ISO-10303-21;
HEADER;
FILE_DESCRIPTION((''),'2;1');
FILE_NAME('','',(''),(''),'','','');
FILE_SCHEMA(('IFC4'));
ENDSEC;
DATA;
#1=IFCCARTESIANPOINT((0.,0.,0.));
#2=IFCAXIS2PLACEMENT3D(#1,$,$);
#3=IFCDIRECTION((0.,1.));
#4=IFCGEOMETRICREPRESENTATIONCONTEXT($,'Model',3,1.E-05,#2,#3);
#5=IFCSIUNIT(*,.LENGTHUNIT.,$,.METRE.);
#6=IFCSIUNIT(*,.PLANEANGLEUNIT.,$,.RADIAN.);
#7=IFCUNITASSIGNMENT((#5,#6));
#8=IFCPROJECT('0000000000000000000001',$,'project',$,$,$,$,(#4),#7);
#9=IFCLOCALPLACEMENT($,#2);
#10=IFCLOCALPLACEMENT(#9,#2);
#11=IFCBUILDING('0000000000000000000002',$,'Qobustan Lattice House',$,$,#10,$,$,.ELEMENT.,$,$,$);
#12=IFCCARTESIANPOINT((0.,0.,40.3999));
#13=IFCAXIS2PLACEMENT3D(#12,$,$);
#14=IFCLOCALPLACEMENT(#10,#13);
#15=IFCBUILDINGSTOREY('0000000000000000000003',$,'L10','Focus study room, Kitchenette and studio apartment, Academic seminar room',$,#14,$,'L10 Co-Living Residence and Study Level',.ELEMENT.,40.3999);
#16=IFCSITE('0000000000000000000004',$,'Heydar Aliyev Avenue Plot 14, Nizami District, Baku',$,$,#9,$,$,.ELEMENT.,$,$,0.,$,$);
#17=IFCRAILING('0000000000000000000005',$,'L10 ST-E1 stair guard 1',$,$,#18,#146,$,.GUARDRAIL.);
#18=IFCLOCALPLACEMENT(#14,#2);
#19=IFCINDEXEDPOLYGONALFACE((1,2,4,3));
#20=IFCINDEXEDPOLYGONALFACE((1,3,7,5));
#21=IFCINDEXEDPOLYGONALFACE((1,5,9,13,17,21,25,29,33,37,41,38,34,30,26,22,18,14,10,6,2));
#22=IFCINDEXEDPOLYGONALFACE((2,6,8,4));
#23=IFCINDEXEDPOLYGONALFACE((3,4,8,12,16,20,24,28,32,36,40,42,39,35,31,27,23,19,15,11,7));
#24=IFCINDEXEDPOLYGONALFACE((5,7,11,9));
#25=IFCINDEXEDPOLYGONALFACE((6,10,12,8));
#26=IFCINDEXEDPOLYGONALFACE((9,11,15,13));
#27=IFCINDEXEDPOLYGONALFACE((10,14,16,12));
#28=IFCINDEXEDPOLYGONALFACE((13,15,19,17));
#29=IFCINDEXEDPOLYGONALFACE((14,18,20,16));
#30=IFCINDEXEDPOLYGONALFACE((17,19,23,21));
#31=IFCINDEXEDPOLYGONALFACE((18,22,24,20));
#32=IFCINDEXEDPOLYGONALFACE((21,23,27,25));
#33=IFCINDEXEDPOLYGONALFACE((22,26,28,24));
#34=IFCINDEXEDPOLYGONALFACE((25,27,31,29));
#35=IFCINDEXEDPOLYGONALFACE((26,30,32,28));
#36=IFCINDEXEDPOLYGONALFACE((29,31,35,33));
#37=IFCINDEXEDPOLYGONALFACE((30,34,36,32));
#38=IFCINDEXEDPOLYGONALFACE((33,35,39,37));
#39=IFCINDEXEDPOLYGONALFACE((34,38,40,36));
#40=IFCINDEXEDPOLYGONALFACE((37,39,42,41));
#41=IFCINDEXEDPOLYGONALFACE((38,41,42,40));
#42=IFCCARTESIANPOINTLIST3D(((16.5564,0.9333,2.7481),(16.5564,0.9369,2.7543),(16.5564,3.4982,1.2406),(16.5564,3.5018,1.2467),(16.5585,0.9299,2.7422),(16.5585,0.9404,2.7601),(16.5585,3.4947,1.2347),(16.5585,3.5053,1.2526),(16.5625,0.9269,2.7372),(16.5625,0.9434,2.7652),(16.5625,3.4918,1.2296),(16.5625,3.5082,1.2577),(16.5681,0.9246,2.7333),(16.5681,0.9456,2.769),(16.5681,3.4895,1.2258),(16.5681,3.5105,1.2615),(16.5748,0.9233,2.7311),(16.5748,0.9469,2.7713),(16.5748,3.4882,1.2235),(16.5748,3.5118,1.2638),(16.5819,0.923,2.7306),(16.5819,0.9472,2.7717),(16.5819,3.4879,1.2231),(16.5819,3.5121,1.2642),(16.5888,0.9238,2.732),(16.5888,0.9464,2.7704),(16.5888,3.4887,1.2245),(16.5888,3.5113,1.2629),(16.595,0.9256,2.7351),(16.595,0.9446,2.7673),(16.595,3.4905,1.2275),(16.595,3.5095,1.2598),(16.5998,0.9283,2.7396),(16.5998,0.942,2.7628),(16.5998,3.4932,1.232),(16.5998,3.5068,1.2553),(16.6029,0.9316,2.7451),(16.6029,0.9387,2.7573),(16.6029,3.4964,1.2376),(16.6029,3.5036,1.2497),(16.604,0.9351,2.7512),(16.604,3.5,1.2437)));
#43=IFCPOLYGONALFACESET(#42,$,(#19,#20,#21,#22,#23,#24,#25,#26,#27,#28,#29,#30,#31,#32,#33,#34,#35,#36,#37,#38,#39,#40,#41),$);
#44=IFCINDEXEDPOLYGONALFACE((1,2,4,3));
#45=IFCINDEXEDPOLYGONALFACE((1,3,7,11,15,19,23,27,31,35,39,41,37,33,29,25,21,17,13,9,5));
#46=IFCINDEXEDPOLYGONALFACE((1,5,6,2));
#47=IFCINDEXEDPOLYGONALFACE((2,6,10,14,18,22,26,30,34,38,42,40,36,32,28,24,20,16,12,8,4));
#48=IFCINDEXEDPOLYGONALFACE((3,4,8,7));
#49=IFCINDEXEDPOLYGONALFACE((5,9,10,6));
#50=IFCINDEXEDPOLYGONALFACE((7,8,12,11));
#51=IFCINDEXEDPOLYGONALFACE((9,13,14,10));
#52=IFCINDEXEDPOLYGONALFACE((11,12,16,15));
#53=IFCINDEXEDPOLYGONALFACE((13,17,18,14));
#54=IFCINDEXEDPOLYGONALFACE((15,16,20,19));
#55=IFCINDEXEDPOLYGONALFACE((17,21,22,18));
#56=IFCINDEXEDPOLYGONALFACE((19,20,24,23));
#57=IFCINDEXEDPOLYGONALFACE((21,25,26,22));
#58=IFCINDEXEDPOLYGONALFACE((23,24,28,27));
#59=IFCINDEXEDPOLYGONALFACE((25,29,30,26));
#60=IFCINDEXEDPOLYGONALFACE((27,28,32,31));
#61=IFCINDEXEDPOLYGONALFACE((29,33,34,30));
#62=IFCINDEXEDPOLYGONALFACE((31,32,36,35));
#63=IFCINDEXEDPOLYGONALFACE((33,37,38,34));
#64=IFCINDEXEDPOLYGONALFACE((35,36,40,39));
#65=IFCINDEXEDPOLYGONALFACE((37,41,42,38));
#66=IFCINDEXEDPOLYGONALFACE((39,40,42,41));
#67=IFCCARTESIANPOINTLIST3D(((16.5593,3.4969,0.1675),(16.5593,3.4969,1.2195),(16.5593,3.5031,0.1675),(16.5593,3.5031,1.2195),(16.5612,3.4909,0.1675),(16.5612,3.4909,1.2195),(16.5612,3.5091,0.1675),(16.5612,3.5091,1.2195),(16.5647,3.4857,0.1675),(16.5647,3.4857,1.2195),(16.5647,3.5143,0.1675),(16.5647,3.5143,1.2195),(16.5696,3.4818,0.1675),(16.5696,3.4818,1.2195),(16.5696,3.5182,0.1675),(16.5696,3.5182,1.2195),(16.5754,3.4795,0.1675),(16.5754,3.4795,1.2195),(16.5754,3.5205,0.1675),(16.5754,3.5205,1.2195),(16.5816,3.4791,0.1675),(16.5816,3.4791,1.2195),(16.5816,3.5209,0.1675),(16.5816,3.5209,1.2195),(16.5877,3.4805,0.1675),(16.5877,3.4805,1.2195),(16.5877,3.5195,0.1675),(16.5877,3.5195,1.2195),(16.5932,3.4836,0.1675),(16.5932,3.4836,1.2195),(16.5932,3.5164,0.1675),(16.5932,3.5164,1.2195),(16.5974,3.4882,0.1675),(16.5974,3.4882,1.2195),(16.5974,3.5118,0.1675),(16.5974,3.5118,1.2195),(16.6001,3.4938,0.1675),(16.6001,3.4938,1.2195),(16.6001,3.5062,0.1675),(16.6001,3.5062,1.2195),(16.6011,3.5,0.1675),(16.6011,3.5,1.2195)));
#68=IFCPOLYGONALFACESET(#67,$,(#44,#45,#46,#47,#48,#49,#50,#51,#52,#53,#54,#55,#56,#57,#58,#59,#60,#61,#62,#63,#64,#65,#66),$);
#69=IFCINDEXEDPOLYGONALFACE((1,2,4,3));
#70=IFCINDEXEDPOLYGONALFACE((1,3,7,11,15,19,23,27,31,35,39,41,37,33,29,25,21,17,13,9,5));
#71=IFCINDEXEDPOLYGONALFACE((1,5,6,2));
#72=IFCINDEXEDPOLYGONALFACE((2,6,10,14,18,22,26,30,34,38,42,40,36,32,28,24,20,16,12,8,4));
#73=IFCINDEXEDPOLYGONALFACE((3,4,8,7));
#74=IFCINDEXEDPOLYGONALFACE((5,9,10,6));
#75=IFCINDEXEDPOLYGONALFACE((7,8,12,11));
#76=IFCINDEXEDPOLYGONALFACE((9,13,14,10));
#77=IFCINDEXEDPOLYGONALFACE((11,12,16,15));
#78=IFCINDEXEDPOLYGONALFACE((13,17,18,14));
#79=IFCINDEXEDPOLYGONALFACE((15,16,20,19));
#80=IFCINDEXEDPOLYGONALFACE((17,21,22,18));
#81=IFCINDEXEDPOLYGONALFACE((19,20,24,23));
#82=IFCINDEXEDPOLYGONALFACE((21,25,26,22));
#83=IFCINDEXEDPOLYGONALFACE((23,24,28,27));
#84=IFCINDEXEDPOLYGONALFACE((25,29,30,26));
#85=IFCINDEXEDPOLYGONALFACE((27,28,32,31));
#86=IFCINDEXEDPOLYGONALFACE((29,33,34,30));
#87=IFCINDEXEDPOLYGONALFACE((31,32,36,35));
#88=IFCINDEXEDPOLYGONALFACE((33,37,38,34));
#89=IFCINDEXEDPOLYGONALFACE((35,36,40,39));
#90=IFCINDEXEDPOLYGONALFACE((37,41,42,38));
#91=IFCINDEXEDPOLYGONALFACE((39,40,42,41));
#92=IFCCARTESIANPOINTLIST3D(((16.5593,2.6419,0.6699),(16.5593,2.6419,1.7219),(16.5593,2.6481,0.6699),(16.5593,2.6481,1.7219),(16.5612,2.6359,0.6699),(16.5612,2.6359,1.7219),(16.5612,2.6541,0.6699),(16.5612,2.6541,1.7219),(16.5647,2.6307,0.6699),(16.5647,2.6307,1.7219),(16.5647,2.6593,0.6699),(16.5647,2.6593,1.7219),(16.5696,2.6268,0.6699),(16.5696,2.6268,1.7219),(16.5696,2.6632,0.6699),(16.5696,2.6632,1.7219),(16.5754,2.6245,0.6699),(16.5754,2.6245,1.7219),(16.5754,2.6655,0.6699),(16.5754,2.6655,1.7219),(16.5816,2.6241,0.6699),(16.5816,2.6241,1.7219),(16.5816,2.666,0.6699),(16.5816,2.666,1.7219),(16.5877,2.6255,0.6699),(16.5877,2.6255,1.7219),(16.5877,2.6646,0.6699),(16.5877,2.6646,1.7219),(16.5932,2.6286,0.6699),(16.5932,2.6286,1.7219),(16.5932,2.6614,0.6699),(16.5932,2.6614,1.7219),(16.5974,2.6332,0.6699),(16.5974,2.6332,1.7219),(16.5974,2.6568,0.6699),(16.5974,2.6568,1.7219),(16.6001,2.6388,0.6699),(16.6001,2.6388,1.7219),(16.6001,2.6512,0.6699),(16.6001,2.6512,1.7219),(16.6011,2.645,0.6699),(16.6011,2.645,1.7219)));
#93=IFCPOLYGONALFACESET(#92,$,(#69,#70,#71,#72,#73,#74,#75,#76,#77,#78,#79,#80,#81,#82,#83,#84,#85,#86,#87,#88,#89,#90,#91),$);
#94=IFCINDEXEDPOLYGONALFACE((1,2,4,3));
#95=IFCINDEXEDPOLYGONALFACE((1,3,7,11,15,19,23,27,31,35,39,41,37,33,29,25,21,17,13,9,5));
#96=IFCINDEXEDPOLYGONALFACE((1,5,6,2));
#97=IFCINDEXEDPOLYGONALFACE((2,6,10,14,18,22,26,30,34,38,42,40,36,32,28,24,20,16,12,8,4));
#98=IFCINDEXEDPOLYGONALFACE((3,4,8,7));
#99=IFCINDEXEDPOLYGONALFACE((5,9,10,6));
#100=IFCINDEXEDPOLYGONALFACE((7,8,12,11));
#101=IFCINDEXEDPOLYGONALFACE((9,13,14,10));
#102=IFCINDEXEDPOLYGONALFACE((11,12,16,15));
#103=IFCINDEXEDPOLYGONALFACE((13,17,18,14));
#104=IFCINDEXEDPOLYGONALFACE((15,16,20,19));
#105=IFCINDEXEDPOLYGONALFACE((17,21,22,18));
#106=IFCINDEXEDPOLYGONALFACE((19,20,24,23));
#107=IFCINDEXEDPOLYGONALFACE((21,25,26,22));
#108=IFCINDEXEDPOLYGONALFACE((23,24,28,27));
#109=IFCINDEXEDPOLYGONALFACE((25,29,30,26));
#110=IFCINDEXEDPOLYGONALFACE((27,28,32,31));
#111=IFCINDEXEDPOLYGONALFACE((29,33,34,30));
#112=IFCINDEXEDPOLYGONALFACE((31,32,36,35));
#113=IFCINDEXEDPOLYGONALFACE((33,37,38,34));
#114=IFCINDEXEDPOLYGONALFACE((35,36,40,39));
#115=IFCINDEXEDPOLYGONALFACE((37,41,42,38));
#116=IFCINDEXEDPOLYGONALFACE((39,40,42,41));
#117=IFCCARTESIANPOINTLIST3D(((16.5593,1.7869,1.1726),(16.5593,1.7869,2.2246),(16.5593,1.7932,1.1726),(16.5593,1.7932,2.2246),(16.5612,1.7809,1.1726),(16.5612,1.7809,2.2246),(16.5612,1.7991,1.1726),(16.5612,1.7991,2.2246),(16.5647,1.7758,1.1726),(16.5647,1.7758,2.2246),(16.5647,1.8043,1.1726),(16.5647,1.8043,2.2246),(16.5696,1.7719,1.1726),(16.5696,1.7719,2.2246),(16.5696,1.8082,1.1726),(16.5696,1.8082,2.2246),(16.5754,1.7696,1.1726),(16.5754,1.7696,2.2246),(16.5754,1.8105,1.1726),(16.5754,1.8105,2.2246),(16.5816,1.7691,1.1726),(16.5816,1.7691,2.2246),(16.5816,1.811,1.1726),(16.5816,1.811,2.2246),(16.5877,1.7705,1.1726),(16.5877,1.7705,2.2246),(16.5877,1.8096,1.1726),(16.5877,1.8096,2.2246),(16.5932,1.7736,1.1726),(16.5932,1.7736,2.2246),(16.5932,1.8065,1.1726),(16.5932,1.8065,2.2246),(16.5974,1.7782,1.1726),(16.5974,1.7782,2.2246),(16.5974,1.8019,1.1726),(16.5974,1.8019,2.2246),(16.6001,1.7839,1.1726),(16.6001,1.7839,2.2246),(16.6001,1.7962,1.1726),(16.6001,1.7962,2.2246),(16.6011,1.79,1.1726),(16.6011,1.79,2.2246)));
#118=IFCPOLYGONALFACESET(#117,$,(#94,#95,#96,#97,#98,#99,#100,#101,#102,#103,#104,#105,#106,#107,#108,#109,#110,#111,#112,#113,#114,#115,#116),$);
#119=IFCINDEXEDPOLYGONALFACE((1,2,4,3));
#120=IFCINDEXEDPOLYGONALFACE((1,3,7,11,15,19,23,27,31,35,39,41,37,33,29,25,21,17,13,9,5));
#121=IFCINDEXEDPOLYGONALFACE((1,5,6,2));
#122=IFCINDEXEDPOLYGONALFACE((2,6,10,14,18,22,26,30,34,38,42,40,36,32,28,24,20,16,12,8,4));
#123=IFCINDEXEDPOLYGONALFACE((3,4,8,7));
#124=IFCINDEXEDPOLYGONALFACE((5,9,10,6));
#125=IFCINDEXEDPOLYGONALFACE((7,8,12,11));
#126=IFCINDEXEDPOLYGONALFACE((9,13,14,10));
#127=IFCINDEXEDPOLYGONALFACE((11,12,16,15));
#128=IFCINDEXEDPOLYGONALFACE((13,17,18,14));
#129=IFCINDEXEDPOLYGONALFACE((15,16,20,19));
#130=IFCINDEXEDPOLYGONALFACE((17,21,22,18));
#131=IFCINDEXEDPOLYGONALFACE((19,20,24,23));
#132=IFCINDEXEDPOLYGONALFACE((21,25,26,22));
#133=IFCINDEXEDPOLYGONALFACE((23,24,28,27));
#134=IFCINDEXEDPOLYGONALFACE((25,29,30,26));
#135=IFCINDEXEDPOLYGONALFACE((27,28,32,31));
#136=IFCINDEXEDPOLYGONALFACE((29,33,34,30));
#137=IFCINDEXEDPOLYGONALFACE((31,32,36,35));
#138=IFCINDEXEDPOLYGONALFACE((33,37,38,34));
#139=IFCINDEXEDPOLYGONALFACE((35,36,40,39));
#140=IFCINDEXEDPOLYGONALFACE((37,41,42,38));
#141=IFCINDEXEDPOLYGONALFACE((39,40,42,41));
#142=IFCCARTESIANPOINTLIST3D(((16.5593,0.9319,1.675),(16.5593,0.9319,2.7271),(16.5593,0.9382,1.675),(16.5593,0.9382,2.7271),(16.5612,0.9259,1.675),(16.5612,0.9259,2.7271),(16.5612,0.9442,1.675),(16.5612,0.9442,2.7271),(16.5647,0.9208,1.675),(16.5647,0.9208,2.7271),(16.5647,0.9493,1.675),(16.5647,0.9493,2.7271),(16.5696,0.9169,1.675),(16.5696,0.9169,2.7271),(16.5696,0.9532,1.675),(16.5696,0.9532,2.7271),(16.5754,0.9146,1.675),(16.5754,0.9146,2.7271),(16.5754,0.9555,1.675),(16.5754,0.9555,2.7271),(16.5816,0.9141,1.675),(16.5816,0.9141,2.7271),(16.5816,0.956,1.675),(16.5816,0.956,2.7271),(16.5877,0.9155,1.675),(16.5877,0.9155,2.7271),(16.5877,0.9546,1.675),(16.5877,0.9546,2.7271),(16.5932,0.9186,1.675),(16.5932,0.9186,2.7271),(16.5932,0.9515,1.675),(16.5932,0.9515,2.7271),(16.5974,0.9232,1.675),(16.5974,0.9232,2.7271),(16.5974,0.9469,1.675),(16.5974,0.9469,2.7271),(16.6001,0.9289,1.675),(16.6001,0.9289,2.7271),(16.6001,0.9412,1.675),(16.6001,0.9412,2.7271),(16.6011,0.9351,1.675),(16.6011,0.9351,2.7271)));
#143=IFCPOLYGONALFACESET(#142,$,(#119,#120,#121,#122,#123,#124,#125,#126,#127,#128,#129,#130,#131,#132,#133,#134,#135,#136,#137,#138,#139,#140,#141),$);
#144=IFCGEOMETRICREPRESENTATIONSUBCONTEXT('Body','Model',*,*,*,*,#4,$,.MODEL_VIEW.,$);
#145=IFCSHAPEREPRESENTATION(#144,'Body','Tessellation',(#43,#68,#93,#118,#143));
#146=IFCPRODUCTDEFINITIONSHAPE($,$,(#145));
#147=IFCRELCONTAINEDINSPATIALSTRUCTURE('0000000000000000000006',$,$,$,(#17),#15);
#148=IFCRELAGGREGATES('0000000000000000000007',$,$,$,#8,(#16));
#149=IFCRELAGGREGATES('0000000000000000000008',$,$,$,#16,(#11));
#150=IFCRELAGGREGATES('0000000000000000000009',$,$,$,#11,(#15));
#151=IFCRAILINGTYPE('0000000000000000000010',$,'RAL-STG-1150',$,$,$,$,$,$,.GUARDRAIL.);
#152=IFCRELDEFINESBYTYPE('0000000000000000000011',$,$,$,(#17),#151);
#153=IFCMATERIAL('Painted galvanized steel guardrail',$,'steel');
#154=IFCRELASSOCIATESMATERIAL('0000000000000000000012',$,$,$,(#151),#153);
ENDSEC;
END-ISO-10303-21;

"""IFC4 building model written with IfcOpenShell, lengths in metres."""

from ifc_helpers import new_model, si_unit, direction, frame, origin, origin_2d, place, context, subcontext, project, spatial, circle, extrude, material, type_object, element, save


model = new_model("IFC4")

# Units and contexts
model_context = context("Model", 3, precision=1e-05, world=origin(), true_north=direction((0.0, 1.0)))
body_context = subcontext(model_context, "Body", "Model", "MODEL_VIEW")
ifc_project = project(units=[si_unit("LENGTHUNIT", "METRE"), si_unit("PLANEANGLEUNIT", "RADIAN")], contexts=[model_context])

# Site, building, storey
site_placement = place(None, origin())
site = spatial("IfcSite", under=ifc_project, at=site_placement, Name="Heydar Aliyev Avenue Plot 14, Nizami District, Baku", CompositionType="ELEMENT", RefElevation=0.0)
building_placement = place(site_placement, origin())
building = spatial("IfcBuilding", under=site, at=building_placement, Name="Qobustan Lattice House", CompositionType="ELEMENT")
storey_placement = place(building_placement, frame((0.0, 0.0, 40.3999)))
storey = spatial("IfcBuildingStorey", under=building, at=storey_placement, Name="L10", Description="Focus study room, Kitchenette and studio apartment, Academic seminar room", LongName="L10 Co-Living Residence and Study Level", CompositionType="ELEMENT", Elevation=40.3999)

# Railing
ifc_material_1 = material(Name="Painted galvanized steel guardrail", Category="steel")
railing_type_1 = type_object("IfcRailingType", Name="RAL-STG-1150", PredefinedType="GUARDRAIL", material=ifc_material_1)
railing_1_placement = place(storey_placement, frame((16.5801, 3.5, 0.1675)))
element("IfcRailing", 1, at=railing_1_placement, inside=storey, type_object=railing_type_1, Name="L10 ST-E1 stair guard 1", PredefinedType="GUARDRAIL", context=body_context, shape_type="SweptSolid", body=[
    extrude(circle(Radius=0.0239, at=origin_2d()), frame((0.0, 0.0, 1.0762), z_axis=(0.0, -0.862113, 0.506715), x_axis=(1.0, 0.0, 0.0)), (0.0, 0.0, 1.0), 2.9751),
    extrude(circle(Radius=0.021, at=origin_2d()), origin(), (0.0, 0.0, 1.0), 1.052),
    extrude(circle(Radius=0.021, at=origin_2d()), frame((0.0, -0.855, 0.5024)), (0.0, 0.0, 1.0), 1.052),
    extrude(circle(Radius=0.021, at=origin_2d()), frame((0.0, -1.71, 1.0051)), (0.0, 0.0, 1.0), 1.052),
    extrude(circle(Radius=0.021, at=origin_2d()), frame((0.0, -2.5649, 1.5076)), (0.0, 0.0, 1.0), 1.052),
])

save(model, "model.ifc")
